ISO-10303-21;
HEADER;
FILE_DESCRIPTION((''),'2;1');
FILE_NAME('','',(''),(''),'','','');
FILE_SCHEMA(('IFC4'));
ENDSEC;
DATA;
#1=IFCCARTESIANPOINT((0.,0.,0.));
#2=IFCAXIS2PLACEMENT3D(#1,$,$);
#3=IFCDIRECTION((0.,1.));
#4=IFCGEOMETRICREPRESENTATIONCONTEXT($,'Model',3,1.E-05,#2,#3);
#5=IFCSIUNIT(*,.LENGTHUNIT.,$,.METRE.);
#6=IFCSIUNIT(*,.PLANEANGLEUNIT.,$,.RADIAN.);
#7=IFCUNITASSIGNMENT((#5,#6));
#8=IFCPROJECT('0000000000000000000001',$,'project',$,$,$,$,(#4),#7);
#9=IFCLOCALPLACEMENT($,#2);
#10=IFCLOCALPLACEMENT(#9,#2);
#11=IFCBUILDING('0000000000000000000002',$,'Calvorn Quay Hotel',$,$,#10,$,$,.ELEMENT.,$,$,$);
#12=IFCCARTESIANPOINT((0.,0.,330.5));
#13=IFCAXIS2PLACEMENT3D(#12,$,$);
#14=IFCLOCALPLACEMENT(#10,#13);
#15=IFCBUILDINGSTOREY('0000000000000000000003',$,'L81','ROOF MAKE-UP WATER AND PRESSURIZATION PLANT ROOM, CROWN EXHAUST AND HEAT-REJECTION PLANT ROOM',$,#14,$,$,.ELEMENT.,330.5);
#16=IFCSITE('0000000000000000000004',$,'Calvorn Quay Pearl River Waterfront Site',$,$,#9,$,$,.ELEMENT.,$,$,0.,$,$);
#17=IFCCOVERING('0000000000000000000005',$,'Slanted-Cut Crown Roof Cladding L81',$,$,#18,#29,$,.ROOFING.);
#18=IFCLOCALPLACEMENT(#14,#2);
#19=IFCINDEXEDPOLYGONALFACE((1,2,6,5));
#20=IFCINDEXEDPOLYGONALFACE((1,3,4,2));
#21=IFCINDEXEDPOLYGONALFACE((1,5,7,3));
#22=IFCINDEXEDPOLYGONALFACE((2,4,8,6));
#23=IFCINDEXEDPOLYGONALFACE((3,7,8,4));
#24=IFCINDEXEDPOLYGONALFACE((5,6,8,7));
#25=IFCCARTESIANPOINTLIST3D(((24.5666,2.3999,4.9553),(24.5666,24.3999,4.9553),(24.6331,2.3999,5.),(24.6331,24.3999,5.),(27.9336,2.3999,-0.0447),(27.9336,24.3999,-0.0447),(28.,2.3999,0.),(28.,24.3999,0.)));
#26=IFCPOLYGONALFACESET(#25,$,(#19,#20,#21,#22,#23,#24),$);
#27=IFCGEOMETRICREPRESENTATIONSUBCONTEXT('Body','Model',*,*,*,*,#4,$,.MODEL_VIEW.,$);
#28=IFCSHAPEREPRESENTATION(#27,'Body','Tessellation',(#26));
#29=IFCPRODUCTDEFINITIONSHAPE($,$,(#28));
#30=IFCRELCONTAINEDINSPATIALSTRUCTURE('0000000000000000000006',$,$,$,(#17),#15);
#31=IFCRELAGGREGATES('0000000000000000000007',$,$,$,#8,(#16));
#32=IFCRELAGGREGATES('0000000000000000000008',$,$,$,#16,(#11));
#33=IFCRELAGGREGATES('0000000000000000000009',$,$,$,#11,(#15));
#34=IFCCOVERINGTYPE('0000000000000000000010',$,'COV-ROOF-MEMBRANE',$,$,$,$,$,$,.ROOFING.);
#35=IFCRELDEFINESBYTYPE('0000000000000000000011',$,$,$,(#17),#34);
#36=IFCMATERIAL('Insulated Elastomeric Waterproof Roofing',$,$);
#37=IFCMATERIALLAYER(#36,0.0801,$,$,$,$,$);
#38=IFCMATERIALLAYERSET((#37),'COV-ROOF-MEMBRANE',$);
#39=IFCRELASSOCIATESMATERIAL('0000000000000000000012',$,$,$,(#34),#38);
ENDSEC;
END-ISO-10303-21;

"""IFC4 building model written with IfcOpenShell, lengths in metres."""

from ifc_helpers import new_model, si_unit, direction, frame, origin, place, context, subcontext, project, spatial, polyline, outline, extrude, material, layer, layer_set, type_object, element, save


model = new_model("IFC4")

# Units and contexts
model_context = context("Model", 3, precision=1e-05, world=origin(), true_north=direction((0.0, 1.0)))
body_context = subcontext(model_context, "Body", "Model", "MODEL_VIEW")
ifc_project = project(units=[si_unit("LENGTHUNIT", "METRE"), si_unit("PLANEANGLEUNIT", "RADIAN")], contexts=[model_context])

# Site, building, storey
site_placement = place(None, origin())
site = spatial("IfcSite", under=ifc_project, at=site_placement, Name="Calvorn Quay Pearl River Waterfront Site", CompositionType="ELEMENT", RefElevation=0.0)
building_placement = place(site_placement, origin())
building = spatial("IfcBuilding", under=site, at=building_placement, Name="Calvorn Quay Hotel", CompositionType="ELEMENT")
storey_placement = place(building_placement, frame((0.0, 0.0, 330.5)))
storey = spatial("IfcBuildingStorey", under=building, at=storey_placement, Name="L81", Description="ROOF MAKE-UP WATER AND PRESSURIZATION PLANT ROOM, CROWN EXHAUST AND HEAT-REJECTION PLANT ROOM", CompositionType="ELEMENT", Elevation=330.5)

# Covering
ifc_material_1 = material(Name="Insulated Elastomeric Waterproof Roofing")
ifc_layer_1 = layer(ifc_material_1, 0.0801)
ifc_layer_set_1 = layer_set([ifc_layer_1], Name="COV-ROOF-MEMBRANE")
covering_type = type_object("IfcCoveringType", Name="COV-ROOF-MEMBRANE", PredefinedType="ROOFING", material=ifc_layer_set_1)
covering_placement = place(storey_placement, frame((24.6331, 2.3999, 5.0), z_axis=(0.829468, 0.0, 0.558554), x_axis=(0.558554, 0.0, -0.829468)))
element("IfcCovering", 1, at=covering_placement, inside=storey, type_object=covering_type, Name="Slanted-Cut Crown Roof Cladding L81", PredefinedType="ROOFING", context=body_context, shape_type="SweptSolid", body=[
    extrude(outline(polyline([(0.0, 0.0), (6.028, 0.0), (6.028, 22.0), (0.0, 22.0), (0.0, 0.0)])), origin(), (0.0, 0.0, -1.0), 0.0801),
])

save(model, "model.ifc")
